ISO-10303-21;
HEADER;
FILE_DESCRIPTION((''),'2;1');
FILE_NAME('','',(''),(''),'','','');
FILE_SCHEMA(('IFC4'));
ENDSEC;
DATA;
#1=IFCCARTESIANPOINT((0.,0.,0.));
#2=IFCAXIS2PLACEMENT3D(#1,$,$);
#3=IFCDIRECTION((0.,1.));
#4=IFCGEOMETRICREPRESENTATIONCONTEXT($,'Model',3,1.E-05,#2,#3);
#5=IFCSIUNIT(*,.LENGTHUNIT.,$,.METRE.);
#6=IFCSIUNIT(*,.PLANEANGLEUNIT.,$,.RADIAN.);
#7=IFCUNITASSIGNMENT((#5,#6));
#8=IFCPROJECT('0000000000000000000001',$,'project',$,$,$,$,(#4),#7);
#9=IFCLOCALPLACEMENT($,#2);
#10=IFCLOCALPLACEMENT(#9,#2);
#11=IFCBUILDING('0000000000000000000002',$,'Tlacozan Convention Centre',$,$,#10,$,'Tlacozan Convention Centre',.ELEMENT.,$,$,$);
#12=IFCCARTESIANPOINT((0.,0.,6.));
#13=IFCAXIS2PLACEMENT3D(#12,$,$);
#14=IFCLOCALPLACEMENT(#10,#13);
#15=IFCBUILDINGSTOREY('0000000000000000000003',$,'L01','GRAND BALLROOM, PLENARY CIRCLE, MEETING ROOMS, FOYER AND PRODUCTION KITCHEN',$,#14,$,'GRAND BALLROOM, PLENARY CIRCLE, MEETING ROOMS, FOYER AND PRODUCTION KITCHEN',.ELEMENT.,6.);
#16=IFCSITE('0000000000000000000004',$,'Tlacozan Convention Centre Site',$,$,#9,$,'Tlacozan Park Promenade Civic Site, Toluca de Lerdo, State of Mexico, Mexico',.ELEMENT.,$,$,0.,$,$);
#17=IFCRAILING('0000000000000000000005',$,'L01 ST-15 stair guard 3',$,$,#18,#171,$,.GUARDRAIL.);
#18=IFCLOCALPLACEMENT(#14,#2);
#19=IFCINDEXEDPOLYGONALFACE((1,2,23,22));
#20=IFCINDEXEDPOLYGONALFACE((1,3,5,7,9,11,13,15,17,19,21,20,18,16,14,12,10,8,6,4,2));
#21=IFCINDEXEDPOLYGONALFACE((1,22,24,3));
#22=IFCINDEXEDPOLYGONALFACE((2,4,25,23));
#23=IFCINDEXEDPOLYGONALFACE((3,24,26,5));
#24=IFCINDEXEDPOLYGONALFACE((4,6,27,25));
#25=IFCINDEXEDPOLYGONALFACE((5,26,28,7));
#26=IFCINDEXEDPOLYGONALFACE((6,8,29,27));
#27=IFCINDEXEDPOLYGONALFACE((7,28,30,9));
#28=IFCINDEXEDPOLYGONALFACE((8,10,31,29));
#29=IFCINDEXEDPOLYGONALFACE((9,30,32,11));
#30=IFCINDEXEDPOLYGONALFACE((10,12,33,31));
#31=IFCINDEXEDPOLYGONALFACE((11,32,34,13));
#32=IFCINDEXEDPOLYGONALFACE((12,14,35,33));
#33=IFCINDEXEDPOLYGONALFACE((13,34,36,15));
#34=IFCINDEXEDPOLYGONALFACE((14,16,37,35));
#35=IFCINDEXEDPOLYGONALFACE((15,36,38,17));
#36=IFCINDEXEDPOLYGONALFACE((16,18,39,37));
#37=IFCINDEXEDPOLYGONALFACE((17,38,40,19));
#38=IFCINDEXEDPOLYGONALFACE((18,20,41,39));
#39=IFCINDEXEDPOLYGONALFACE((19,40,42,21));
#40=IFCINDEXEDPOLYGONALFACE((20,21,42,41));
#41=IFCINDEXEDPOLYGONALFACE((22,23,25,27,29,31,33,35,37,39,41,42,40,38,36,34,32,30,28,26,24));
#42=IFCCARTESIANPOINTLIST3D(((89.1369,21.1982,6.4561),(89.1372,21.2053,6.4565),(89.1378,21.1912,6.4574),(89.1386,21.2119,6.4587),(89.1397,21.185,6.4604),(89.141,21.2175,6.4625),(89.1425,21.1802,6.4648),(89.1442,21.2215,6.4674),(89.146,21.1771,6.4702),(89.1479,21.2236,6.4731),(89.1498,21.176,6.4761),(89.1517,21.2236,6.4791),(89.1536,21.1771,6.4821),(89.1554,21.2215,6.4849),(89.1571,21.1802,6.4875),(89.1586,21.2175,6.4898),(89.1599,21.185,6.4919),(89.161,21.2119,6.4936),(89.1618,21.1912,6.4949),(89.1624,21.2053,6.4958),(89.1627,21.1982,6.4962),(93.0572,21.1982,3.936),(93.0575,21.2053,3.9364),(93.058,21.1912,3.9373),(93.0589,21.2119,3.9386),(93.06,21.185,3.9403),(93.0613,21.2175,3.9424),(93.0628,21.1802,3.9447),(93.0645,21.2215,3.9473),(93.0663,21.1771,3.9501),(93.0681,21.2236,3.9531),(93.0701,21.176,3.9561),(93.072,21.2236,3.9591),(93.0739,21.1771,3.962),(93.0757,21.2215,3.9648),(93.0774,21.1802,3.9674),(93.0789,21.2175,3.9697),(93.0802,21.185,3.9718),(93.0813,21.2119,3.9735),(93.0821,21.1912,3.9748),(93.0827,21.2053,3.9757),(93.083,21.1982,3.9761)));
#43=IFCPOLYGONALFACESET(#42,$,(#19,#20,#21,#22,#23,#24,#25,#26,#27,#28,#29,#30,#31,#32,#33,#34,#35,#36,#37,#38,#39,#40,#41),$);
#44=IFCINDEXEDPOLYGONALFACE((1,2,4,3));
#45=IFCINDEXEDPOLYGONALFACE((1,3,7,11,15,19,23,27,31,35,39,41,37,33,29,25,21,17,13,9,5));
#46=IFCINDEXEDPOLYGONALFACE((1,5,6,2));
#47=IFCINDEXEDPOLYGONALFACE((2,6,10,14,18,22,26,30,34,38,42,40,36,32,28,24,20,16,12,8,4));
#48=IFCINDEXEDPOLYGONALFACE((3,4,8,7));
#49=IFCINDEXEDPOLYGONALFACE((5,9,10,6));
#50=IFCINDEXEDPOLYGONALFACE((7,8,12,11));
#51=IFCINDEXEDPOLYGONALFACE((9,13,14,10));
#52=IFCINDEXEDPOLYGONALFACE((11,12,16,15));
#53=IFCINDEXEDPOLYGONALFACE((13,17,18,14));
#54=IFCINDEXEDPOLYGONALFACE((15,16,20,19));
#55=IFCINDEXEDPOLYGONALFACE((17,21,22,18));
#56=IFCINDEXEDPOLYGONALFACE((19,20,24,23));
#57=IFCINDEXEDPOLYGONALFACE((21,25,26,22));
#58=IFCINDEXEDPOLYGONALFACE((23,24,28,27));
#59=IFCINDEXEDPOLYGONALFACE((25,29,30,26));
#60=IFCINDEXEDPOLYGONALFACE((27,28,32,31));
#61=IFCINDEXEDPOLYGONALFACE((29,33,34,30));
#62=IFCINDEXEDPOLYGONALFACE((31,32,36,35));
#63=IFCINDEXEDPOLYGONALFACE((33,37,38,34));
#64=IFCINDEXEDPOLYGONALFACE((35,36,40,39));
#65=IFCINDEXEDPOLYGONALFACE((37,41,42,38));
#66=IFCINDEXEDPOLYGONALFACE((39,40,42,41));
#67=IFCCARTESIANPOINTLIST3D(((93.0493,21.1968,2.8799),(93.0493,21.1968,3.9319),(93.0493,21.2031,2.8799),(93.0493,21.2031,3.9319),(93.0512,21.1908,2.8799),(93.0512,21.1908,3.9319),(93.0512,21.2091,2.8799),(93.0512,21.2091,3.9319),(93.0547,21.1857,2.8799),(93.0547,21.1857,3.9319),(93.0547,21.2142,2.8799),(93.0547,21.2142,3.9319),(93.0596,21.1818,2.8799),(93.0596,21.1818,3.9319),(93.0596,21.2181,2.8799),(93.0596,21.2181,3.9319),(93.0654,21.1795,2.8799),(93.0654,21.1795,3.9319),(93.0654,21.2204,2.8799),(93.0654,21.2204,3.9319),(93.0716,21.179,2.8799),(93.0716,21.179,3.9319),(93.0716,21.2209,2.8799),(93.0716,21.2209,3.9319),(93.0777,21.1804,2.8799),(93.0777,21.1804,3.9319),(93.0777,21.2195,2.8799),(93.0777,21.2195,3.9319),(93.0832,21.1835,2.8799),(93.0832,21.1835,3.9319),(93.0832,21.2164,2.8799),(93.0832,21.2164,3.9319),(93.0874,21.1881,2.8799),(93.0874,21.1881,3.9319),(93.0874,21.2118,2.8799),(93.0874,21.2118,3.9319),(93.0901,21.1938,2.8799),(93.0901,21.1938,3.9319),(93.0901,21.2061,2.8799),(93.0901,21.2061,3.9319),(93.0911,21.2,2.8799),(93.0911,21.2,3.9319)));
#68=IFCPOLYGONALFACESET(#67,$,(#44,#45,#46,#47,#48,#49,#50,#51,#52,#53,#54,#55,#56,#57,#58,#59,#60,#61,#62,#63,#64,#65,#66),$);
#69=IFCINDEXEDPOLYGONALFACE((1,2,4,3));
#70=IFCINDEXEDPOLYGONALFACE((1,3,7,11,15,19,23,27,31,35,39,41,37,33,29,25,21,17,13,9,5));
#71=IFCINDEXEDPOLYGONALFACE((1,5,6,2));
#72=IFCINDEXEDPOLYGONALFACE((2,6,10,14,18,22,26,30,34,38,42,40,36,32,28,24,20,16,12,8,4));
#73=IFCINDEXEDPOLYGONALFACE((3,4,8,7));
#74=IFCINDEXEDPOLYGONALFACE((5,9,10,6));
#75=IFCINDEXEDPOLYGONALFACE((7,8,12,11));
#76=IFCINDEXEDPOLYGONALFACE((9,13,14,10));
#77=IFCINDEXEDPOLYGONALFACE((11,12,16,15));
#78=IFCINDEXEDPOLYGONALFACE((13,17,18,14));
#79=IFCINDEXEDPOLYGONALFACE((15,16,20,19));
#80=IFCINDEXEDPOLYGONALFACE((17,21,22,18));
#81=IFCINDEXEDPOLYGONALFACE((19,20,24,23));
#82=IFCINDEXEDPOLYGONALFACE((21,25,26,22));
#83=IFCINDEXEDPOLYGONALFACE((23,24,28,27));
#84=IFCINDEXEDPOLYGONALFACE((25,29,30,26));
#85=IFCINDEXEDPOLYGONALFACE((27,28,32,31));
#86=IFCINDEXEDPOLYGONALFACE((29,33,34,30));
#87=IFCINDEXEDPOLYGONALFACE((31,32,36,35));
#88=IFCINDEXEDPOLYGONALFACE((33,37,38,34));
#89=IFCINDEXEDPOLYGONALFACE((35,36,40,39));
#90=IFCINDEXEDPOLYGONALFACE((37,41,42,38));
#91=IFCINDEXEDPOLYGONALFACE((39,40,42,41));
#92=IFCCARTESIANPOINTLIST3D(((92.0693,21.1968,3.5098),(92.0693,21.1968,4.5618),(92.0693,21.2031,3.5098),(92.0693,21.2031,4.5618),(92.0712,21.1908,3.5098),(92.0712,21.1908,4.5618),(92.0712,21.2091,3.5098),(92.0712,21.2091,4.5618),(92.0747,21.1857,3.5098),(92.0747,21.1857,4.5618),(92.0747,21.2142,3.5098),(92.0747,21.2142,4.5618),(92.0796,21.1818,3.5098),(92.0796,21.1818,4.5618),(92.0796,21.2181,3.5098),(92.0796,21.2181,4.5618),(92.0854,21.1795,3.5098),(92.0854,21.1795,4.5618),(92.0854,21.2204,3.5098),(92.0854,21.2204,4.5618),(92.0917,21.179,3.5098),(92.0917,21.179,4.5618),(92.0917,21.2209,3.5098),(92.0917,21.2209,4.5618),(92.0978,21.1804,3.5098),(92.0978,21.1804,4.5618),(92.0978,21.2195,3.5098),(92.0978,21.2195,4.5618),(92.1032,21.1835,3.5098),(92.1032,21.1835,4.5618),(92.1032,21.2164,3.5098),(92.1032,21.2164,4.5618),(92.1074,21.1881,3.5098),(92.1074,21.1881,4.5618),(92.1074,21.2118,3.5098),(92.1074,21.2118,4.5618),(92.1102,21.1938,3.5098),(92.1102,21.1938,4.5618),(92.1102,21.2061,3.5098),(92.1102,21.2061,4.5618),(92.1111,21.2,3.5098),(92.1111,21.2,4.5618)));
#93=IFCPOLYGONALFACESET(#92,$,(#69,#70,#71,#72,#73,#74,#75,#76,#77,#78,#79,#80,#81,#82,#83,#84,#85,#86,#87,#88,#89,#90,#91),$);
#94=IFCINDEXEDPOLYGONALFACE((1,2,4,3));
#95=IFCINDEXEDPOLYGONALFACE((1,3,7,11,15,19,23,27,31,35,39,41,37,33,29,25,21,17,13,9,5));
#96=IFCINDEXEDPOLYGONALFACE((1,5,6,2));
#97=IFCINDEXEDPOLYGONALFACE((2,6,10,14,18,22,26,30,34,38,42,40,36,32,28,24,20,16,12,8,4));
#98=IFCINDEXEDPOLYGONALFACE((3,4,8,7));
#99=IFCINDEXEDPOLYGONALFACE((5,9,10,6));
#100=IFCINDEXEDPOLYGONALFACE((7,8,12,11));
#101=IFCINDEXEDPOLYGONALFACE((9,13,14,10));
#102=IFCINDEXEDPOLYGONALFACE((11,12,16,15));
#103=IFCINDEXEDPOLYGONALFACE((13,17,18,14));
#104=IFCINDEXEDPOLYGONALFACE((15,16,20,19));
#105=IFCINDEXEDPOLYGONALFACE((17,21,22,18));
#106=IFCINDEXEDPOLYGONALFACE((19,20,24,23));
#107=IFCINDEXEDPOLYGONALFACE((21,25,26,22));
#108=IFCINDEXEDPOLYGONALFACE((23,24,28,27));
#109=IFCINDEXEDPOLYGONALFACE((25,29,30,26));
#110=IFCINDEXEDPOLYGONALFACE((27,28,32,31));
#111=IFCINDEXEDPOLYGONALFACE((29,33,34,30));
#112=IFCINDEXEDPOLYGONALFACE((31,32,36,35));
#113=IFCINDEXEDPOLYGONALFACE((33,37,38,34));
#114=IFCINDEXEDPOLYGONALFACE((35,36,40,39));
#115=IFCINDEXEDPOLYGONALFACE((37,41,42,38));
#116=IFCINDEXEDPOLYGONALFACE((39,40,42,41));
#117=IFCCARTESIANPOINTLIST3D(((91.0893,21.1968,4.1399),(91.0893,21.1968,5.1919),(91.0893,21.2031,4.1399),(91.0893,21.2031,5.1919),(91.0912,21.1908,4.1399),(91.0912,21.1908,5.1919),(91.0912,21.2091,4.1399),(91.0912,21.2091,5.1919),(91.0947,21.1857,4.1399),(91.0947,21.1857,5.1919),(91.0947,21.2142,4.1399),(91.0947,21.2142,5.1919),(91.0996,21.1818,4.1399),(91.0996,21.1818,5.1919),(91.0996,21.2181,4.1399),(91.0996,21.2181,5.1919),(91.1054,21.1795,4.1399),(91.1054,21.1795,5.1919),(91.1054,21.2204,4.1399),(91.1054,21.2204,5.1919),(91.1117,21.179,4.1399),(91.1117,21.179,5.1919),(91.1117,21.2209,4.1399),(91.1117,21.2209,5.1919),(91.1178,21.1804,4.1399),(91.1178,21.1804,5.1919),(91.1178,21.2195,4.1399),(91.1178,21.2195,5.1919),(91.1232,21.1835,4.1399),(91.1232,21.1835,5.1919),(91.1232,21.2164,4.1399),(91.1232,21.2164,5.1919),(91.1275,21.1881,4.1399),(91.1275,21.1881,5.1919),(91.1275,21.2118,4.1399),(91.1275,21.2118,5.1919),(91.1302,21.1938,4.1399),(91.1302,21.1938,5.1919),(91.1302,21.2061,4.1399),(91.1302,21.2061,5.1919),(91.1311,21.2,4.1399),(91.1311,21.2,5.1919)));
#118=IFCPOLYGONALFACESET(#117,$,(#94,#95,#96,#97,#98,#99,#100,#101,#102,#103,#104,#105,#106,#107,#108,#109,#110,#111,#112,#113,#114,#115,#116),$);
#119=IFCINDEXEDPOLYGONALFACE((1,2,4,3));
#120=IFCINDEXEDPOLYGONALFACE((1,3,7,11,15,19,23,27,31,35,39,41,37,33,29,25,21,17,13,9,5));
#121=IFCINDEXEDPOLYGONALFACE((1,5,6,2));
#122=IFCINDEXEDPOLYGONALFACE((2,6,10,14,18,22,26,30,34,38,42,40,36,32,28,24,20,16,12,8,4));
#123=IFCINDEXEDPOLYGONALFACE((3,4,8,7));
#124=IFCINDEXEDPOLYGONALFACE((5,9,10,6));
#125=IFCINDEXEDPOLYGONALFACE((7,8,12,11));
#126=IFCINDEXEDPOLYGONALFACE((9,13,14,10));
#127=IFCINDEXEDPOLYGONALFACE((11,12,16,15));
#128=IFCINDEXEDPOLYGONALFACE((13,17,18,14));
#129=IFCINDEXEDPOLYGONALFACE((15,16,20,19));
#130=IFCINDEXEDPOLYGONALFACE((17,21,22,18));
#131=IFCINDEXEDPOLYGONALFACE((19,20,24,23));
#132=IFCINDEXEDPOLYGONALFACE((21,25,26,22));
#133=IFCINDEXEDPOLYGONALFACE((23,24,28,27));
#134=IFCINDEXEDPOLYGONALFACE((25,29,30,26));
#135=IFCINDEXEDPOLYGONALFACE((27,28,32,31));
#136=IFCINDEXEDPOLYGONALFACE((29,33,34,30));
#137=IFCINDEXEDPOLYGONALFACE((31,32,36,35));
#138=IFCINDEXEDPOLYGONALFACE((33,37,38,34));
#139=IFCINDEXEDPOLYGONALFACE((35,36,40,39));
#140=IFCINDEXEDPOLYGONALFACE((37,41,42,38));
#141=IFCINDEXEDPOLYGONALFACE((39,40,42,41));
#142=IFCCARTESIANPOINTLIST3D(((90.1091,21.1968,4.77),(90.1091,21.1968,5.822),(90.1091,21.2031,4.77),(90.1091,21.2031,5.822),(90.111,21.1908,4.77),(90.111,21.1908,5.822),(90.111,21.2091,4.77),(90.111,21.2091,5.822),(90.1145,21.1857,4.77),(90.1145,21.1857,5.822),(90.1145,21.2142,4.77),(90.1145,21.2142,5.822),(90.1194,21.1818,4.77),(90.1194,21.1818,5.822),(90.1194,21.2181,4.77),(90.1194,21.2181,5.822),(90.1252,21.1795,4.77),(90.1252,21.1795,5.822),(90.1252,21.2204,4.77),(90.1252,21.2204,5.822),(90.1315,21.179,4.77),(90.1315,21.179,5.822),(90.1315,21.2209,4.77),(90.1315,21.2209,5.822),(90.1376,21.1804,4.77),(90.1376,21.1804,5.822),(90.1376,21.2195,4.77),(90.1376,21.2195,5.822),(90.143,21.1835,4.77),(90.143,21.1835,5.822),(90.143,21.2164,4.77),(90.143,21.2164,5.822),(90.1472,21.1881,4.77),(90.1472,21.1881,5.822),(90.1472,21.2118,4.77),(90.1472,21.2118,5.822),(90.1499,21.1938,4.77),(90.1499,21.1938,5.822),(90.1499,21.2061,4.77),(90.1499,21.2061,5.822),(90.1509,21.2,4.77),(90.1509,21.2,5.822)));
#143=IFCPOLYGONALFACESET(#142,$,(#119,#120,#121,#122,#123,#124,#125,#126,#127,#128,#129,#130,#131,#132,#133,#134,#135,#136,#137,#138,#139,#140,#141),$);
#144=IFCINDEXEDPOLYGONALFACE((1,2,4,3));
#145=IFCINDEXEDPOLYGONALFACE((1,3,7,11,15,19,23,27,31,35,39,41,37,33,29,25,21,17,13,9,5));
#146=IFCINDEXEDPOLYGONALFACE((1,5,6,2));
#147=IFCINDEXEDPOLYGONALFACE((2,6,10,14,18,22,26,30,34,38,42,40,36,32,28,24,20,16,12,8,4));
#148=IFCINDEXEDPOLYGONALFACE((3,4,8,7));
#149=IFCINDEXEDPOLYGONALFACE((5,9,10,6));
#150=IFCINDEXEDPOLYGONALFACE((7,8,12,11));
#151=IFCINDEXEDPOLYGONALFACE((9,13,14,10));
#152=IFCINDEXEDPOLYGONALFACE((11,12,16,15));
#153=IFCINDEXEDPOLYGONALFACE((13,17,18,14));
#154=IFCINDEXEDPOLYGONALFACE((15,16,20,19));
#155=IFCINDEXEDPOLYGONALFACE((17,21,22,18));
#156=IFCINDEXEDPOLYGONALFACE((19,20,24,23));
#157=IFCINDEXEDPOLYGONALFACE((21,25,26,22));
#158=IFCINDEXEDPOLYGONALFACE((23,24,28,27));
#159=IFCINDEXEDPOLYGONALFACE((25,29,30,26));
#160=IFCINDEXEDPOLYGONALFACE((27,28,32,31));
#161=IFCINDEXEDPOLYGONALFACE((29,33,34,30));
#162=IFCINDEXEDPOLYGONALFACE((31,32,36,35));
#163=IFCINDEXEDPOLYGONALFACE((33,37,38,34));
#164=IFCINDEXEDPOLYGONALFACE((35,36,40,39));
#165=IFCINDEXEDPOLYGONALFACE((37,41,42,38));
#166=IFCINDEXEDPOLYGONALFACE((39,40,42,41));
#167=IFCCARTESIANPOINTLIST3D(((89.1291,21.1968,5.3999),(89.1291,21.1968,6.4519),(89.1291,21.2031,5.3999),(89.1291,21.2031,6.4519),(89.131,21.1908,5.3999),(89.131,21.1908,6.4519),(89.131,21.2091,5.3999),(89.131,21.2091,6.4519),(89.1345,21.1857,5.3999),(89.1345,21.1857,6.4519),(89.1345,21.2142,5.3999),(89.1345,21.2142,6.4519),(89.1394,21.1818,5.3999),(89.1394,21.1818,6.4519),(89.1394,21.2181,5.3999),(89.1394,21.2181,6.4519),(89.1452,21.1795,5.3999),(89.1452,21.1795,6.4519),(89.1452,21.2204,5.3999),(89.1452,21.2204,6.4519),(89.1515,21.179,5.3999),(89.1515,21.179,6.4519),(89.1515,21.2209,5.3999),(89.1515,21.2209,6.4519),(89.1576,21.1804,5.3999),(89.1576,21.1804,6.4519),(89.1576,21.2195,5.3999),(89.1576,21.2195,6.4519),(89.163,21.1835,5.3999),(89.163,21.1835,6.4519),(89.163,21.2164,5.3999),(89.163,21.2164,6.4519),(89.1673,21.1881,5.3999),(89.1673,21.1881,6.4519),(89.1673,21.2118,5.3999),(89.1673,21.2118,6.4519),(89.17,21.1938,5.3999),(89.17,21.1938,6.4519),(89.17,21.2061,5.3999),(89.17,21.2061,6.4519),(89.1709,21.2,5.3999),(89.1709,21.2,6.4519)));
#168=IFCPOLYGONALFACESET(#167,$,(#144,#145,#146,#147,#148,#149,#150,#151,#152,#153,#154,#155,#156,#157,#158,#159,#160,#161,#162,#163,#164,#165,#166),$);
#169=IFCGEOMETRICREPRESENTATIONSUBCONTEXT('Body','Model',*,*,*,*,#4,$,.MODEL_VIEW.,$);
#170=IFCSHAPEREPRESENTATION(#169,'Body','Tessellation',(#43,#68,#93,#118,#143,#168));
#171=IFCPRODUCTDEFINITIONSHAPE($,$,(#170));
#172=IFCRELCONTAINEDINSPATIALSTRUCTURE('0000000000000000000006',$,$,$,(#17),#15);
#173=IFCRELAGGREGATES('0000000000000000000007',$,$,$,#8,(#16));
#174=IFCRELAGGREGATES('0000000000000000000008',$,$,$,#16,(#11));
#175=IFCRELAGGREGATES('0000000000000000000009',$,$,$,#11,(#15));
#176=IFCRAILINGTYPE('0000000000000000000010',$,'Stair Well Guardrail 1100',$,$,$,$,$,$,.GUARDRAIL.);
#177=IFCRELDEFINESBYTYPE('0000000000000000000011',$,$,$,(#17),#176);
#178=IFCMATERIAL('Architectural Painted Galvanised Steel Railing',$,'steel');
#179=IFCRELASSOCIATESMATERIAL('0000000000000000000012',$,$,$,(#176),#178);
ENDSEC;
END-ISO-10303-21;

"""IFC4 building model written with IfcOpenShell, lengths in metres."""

from ifc_helpers import new_model, si_unit, direction, frame, origin, origin_2d, place, context, subcontext, project, spatial, circle, extrude, material, type_object, element, save


model = new_model("IFC4")

# Units and contexts
model_context = context("Model", 3, precision=1e-05, world=origin(), true_north=direction((0.0, 1.0)))
body_context = subcontext(model_context, "Body", "Model", "MODEL_VIEW")
ifc_project = project(units=[si_unit("LENGTHUNIT", "METRE"), si_unit("PLANEANGLEUNIT", "RADIAN")], contexts=[model_context])

# Site, building, storey
site_placement = place(None, origin())
site = spatial("IfcSite", under=ifc_project, at=site_placement, Name="Tlacozan Convention Centre Site", LongName="Tlacozan Park Promenade Civic Site, Toluca de Lerdo, State of Mexico, Mexico", CompositionType="ELEMENT", RefElevation=0.0)
building_placement = place(site_placement, origin())
building = spatial("IfcBuilding", under=site, at=building_placement, Name="Tlacozan Convention Centre", LongName="Tlacozan Convention Centre", CompositionType="ELEMENT")
storey_placement = place(building_placement, frame((0.0, 0.0, 6.0)))
storey = spatial("IfcBuildingStorey", under=building, at=storey_placement, Name="L01", Description="GRAND BALLROOM, PLENARY CIRCLE, MEETING ROOMS, FOYER AND PRODUCTION KITCHEN", LongName="GRAND BALLROOM, PLENARY CIRCLE, MEETING ROOMS, FOYER AND PRODUCTION KITCHEN", CompositionType="ELEMENT", Elevation=6.0)

# Railing
ifc_material_1 = material(Name="Architectural Painted Galvanised Steel Railing", Category="steel")
railing_type_1 = type_object("IfcRailingType", Name="Stair Well Guardrail 1100", PredefinedType="GUARDRAIL", material=ifc_material_1)
railing_1_placement = place(storey_placement, frame((93.0701, 21.2, 2.8799)))
element("IfcRailing", 1, at=railing_1_placement, inside=storey, type_object=railing_type_1, Name="L01 ST-15 stair guard 3", PredefinedType="GUARDRAIL", context=body_context, shape_type="SweptSolid", body=[
    extrude(circle(Radius=0.0239, at=origin_2d()), frame((0.0, 0.0, 1.0762), z_axis=(-0.841187, 0.0, 0.540744), x_axis=(0.0, -1.0, 0.0)), (0.0, 0.0, 1.0), 4.6604),
    extrude(circle(Radius=0.021, at=origin_2d()), origin(), (0.0, 0.0, 1.0), 1.052),
    extrude(circle(Radius=0.021, at=origin_2d()), frame((-0.98, 0.0, 0.6299)), (0.0, 0.0, 1.0), 1.052),
    extrude(circle(Radius=0.021, at=origin_2d()), frame((-1.96, 0.0, 1.26)), (0.0, 0.0, 1.0), 1.052),
    extrude(circle(Radius=0.021, at=origin_2d()), frame((-2.9402, 0.0, 1.8901)), (0.0, 0.0, 1.0), 1.052),
    extrude(circle(Radius=0.021, at=origin_2d()), frame((-3.9202, 0.0, 2.52)), (0.0, 0.0, 1.0), 1.052),
])

save(model, "model.ifc")
